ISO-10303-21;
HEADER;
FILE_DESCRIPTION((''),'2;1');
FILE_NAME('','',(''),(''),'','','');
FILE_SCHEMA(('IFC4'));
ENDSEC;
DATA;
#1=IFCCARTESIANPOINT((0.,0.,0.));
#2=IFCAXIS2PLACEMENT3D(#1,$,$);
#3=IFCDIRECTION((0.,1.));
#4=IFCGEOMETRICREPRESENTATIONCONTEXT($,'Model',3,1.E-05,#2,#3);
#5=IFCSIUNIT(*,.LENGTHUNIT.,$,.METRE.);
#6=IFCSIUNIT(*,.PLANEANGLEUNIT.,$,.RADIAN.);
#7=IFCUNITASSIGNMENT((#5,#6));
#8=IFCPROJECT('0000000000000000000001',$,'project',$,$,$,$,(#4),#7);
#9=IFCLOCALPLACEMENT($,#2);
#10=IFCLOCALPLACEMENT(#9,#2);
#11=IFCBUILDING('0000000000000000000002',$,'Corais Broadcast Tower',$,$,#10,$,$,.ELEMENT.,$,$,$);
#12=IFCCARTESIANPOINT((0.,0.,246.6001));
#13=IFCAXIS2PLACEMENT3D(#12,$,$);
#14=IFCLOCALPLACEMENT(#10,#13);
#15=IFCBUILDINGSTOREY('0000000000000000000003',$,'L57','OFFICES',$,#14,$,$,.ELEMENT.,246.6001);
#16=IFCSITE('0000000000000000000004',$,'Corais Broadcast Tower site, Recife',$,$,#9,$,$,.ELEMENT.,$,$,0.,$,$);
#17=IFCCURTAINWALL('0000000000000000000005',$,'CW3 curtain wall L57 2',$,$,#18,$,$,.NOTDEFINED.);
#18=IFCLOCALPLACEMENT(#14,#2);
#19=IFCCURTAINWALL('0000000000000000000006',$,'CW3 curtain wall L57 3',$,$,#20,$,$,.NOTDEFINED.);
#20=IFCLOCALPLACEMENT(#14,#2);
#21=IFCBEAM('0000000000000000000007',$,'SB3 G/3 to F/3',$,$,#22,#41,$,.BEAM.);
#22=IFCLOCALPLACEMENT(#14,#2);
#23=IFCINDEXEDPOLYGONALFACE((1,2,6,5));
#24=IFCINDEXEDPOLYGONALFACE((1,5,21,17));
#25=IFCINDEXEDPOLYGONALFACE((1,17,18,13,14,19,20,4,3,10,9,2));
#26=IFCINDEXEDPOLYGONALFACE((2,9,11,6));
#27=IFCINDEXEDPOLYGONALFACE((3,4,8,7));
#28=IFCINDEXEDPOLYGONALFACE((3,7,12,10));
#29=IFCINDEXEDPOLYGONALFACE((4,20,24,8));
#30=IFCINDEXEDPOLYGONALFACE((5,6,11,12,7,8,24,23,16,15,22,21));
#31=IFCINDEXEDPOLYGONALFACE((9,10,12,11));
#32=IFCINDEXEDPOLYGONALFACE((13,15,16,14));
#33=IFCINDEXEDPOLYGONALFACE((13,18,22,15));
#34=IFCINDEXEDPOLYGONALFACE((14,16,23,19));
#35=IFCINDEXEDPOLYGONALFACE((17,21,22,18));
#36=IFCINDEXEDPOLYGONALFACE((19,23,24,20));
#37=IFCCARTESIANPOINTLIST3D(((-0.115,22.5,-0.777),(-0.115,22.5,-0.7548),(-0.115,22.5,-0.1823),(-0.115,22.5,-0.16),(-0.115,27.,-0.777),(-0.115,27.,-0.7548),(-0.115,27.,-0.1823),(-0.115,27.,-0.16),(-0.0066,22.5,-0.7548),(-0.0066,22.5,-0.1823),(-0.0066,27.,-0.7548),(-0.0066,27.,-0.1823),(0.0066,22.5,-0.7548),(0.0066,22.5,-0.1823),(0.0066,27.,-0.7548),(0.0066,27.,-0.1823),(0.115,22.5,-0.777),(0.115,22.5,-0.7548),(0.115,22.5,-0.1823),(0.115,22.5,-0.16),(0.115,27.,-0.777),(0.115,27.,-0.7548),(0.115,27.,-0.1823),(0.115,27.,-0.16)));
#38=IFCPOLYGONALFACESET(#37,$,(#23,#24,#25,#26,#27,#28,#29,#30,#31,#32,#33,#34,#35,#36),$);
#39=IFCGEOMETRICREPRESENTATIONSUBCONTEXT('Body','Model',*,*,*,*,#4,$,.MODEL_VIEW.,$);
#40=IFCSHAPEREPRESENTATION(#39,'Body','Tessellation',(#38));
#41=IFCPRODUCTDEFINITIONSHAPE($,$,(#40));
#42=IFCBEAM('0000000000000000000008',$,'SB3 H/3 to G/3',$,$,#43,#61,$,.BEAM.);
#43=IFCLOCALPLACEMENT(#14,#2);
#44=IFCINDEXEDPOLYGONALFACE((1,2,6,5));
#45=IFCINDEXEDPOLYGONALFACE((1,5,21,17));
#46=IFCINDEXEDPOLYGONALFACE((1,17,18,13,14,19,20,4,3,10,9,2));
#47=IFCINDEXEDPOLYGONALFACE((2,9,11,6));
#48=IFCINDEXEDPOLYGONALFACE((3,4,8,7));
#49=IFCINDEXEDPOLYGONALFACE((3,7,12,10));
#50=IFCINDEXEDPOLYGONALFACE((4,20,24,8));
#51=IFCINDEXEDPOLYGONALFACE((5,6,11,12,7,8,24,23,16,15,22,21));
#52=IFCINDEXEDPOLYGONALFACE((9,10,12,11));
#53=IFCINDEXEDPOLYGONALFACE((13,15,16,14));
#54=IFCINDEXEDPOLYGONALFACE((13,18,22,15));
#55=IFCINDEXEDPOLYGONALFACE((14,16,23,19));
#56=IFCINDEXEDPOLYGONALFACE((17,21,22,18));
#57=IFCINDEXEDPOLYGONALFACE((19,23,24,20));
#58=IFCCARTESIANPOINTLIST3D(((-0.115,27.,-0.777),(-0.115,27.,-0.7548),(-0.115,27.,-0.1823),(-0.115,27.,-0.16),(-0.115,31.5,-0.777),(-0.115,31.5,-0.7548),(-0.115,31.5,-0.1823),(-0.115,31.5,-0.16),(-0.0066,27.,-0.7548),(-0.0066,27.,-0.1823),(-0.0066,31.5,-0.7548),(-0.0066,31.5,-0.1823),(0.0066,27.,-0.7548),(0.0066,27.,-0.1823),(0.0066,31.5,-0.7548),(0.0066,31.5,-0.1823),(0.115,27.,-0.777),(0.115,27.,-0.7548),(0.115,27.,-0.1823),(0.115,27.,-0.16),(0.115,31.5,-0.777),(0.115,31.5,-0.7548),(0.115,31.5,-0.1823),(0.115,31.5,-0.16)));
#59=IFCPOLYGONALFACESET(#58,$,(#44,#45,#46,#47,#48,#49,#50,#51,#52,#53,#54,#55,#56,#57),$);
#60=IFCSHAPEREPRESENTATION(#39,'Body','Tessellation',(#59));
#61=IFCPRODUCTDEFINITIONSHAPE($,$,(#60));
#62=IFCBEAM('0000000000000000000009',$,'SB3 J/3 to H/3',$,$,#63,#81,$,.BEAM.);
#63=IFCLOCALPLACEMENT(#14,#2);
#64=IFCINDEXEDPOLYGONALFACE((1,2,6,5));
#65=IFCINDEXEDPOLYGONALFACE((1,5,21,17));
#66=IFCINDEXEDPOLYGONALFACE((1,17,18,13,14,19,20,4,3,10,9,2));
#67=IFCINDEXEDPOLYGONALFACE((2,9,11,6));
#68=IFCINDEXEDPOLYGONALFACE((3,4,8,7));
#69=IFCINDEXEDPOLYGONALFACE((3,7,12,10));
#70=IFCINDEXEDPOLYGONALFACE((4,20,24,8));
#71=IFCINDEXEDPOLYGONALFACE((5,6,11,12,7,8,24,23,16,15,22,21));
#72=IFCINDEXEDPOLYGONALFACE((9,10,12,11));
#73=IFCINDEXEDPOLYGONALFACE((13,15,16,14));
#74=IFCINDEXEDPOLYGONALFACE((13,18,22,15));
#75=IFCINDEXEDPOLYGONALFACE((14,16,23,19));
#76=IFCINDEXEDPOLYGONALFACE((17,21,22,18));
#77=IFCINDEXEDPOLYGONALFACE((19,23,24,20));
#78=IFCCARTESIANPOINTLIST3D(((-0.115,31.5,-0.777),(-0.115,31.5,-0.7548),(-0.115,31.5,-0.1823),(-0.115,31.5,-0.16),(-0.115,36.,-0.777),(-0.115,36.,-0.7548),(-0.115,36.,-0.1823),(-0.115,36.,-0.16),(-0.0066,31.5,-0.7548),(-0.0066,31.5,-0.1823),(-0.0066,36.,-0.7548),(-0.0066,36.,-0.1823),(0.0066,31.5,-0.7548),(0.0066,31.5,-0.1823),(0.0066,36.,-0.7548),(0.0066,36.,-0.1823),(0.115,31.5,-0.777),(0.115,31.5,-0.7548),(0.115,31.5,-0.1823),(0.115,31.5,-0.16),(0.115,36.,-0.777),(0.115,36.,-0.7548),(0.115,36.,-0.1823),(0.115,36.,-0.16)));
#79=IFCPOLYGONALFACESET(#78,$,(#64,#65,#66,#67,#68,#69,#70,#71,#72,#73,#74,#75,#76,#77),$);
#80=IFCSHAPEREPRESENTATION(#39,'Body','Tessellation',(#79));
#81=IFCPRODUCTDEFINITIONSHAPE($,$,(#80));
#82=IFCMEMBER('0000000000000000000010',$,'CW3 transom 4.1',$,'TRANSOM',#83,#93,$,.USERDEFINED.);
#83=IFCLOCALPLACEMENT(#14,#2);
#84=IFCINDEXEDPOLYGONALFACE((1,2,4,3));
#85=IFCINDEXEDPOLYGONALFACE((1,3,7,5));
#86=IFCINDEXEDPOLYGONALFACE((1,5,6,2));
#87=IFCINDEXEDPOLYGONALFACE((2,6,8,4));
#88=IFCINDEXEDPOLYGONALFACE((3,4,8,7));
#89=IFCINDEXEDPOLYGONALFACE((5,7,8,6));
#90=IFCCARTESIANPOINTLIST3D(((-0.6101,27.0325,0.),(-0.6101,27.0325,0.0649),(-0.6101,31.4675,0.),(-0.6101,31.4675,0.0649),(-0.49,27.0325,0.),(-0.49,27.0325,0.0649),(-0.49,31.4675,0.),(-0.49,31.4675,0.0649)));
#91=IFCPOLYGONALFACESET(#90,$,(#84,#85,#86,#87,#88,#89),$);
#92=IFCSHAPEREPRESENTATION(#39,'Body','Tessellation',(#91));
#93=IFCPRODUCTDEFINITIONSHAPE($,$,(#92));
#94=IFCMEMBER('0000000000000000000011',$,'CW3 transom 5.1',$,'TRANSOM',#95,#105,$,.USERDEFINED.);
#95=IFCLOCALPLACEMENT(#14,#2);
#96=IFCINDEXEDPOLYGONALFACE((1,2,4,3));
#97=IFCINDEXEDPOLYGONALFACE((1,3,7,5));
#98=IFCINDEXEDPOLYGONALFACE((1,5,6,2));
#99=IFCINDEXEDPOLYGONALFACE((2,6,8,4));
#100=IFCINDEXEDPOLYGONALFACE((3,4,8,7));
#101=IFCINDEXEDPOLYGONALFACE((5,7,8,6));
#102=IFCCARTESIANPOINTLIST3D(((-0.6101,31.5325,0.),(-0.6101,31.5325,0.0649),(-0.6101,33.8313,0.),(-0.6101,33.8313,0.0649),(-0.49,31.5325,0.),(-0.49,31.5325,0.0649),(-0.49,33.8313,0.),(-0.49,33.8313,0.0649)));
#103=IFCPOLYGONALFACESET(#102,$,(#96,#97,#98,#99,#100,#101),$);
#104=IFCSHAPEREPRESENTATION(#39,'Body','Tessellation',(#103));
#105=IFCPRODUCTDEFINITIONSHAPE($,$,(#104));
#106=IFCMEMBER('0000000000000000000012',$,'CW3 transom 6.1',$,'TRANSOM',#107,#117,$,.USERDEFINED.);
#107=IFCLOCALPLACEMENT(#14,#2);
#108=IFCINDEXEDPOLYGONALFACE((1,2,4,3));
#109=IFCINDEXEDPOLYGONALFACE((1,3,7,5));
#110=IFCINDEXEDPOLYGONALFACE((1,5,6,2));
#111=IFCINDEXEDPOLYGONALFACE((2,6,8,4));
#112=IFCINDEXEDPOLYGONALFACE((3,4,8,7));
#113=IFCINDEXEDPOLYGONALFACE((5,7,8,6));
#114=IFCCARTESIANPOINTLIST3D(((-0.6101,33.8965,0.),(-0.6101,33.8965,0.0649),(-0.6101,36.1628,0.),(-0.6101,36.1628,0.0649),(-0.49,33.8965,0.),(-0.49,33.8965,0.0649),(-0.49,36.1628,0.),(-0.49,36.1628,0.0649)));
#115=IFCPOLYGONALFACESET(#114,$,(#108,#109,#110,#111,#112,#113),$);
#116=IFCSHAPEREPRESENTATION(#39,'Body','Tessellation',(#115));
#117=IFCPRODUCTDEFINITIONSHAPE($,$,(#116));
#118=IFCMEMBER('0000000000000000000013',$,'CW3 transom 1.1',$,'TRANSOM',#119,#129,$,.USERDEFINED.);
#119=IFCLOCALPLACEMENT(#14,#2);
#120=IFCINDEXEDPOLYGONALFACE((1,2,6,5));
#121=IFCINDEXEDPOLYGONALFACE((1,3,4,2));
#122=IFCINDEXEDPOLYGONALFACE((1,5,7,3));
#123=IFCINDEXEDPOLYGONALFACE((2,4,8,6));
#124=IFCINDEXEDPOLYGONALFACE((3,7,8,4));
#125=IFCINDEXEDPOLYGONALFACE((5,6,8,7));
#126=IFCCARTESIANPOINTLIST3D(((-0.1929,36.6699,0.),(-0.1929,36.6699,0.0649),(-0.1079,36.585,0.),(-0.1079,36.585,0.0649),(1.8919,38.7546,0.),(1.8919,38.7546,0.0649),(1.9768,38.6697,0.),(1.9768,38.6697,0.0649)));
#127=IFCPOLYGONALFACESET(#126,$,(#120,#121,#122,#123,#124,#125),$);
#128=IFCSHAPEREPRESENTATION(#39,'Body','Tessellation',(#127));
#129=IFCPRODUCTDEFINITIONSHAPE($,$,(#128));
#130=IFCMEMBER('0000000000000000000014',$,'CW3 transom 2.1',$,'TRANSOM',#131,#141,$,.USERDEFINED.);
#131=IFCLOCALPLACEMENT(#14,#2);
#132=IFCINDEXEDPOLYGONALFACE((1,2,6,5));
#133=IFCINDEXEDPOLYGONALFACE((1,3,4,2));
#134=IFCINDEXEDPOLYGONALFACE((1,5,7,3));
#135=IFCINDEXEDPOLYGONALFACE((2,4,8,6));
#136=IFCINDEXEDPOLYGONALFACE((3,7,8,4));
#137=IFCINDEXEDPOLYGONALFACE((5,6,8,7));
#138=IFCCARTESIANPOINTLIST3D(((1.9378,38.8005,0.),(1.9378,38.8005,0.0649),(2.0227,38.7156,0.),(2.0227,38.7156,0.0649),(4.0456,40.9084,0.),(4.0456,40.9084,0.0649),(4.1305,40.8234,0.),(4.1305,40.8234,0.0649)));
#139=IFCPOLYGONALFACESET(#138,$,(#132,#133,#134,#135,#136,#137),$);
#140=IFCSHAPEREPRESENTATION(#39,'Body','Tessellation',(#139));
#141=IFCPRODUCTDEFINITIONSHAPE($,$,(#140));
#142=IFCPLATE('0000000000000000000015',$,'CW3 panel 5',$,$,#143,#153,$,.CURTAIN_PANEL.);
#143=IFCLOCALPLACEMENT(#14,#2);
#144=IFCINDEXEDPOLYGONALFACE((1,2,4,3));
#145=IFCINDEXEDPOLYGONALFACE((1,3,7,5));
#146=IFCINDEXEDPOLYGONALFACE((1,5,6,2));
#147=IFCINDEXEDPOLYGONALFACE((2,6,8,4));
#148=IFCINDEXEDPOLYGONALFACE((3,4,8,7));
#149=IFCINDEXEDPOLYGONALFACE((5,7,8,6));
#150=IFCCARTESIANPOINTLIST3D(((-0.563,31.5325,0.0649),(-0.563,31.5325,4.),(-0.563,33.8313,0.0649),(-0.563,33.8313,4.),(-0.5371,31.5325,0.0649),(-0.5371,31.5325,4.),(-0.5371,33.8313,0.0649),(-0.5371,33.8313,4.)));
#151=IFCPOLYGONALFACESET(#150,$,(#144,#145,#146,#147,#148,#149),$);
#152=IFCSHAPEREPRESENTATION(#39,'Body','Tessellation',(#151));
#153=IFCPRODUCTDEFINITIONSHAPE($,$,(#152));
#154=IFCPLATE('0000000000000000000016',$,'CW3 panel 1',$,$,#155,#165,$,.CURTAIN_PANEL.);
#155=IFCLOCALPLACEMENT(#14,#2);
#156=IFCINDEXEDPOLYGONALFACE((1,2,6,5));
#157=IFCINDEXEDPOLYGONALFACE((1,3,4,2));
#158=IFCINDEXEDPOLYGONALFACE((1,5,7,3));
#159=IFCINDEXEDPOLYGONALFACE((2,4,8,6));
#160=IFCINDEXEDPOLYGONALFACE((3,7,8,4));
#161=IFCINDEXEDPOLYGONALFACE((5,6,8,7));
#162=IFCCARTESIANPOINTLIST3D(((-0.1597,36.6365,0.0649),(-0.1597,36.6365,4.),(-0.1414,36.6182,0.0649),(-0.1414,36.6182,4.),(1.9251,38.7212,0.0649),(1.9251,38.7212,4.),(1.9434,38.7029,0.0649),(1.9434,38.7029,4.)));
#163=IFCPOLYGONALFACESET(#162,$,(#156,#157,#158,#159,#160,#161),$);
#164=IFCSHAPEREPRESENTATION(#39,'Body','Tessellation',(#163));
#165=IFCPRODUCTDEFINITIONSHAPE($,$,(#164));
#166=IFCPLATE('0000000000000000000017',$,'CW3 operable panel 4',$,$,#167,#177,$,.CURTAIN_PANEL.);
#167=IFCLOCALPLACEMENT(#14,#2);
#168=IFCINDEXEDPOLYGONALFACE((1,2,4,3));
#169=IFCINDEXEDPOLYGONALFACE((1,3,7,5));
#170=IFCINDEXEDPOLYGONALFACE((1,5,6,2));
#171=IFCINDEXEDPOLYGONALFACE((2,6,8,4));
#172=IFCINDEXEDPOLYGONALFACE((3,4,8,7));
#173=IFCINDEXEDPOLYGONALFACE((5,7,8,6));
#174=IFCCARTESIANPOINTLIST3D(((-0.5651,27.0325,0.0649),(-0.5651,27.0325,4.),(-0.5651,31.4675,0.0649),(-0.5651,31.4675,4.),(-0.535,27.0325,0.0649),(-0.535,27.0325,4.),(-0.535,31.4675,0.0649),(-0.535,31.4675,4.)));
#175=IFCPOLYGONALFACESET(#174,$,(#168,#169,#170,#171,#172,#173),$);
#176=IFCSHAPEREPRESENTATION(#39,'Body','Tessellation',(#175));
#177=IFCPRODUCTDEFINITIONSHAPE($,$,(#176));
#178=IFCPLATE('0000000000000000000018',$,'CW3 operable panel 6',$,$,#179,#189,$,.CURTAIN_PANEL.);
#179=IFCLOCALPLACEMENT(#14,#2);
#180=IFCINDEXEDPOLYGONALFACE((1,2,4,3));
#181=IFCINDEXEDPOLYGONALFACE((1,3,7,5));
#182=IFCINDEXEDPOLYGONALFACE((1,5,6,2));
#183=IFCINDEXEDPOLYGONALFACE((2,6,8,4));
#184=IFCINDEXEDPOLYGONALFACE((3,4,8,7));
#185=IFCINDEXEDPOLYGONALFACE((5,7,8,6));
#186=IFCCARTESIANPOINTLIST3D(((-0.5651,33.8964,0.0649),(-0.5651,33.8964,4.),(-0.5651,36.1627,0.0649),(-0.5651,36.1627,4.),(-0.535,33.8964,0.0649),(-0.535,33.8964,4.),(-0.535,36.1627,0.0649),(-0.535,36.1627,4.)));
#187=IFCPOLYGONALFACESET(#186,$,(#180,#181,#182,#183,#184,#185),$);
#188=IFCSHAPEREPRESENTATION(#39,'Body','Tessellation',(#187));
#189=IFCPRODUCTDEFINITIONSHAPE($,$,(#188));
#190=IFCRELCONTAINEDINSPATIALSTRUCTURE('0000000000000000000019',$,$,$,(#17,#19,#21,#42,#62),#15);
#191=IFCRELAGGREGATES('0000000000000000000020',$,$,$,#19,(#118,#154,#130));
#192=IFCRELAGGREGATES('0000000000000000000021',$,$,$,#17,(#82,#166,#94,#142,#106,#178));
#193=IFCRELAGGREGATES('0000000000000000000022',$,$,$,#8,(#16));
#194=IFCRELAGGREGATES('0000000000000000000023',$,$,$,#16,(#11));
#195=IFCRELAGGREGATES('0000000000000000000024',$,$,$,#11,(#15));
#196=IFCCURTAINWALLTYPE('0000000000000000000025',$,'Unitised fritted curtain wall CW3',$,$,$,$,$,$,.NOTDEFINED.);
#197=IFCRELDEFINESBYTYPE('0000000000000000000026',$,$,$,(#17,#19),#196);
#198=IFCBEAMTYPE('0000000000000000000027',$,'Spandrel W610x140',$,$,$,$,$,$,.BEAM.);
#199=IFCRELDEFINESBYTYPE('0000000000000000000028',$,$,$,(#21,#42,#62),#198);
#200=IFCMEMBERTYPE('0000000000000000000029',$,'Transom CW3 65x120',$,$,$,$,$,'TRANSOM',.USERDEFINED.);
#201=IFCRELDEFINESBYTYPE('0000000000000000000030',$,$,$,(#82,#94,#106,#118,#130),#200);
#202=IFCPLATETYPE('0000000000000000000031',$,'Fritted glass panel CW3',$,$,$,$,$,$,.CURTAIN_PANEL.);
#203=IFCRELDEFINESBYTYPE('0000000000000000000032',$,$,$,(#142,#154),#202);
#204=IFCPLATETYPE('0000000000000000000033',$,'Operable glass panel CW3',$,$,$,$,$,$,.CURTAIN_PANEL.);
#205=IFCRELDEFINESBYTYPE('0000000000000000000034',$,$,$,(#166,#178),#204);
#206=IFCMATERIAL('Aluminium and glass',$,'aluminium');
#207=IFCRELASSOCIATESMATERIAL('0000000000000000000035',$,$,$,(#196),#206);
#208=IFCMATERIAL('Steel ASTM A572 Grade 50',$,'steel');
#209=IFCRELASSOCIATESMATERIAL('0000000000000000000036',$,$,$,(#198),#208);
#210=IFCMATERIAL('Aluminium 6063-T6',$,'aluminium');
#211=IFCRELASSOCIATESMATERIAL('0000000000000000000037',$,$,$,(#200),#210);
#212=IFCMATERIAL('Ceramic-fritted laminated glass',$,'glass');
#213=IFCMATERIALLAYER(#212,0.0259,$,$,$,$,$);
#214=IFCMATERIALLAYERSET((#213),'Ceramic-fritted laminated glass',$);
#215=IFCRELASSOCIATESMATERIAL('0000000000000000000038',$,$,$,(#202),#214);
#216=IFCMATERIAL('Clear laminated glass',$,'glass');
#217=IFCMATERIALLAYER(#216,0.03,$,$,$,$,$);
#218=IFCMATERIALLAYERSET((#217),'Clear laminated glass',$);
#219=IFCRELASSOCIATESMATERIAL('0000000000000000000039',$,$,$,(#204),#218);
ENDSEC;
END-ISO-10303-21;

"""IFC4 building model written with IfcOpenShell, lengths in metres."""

from ifc_helpers import new_model, si_unit, direction, frame, origin, origin_2d, place, context, subcontext, project, spatial, rectangle, i_section, extrude, material, layer, layer_set, material_profile, profile_set, type_object, element, aggregate, save


model = new_model("IFC4")

# Units and contexts
model_context = context("Model", 3, precision=1e-05, world=origin(), true_north=direction((0.0, 1.0)))
body_context = subcontext(model_context, "Body", "Model", "MODEL_VIEW")
ifc_project = project(units=[si_unit("LENGTHUNIT", "METRE"), si_unit("PLANEANGLEUNIT", "RADIAN")], contexts=[model_context])

# Site, building, storey
site_placement = place(None, origin())
site = spatial("IfcSite", under=ifc_project, at=site_placement, Name="Corais Broadcast Tower site, Recife", CompositionType="ELEMENT", RefElevation=0.0)
building_placement = place(site_placement, origin())
building = spatial("IfcBuilding", under=site, at=building_placement, Name="Corais Broadcast Tower", CompositionType="ELEMENT")
storey_placement = place(building_placement, frame((0.0, 0.0, 246.6001)))
storey = spatial("IfcBuildingStorey", under=building, at=storey_placement, Name="L57", Description="OFFICES", CompositionType="ELEMENT", Elevation=246.6001)

# Curtain walls
ifc_material_1 = material(Name="Aluminium and glass", Category="aluminium")
curtain_wall_type = type_object("IfcCurtainWallType", Name="Unitised fritted curtain wall CW3", PredefinedType="NOTDEFINED", material=ifc_material_1)
curtain_wall_1_placement = place(storey_placement, origin())
curtain_wall_1 = element("IfcCurtainWall", 1, at=curtain_wall_1_placement, inside=storey, type_object=curtain_wall_type, Name="CW3 curtain wall L57 2", PredefinedType="NOTDEFINED")
curtain_wall_2_placement = place(storey_placement, origin())
curtain_wall_2 = element("IfcCurtainWall", 2, at=curtain_wall_2_placement, inside=storey, type_object=curtain_wall_type, Name="CW3 curtain wall L57 3", PredefinedType="NOTDEFINED")

# Beams
ifc_material_2 = material(Name="Steel ASTM A572 Grade 50", Category="steel")
ifc_material_profile_1 = material_profile(ifc_material_2, i_section(OverallWidth=0.23, OverallDepth=0.6169, WebThickness=0.0132, FlangeThickness=0.0222, at=origin_2d()), Name="W610x140")
ifc_profile_set_1 = profile_set([ifc_material_profile_1], Name="Steel ASTM A572 Grade 50")
beam_type_1 = type_object("IfcBeamType", Name="Spandrel W610x140", PredefinedType="BEAM", material=ifc_profile_set_1)
for number, where, z_axis, x_axis, name in (
    (3, (0.0, 27.0, -0.4685), (0.0, -1.0, 0.0), (1.0, 0.0, 0.0), "SB3 G/3 to F/3"),
    (4, (0.0, 31.5, -0.4685), (0.0, -1.0, 0.0), (1.0, 0.0, 0.0), "SB3 H/3 to G/3"),
    (5, (0.0, 36.0, -0.4685), (0.0, -1.0, 0.0), (1.0, 0.0, 0.0), "SB3 J/3 to H/3"),
):
    element("IfcBeam", number, at=place(storey_placement, frame(where, z_axis=z_axis, x_axis=x_axis)), inside=storey, type_object=beam_type_1, Name=name, PredefinedType="BEAM", context=body_context, shape_type="SweptSolid", body=[
        extrude(i_section(OverallWidth=0.23, OverallDepth=0.6169, WebThickness=0.0132, FlangeThickness=0.0222, at=origin_2d()), origin(), (0.0, 0.0, 1.0), 4.5),
    ])

# Members
ifc_material_3 = material(Name="Aluminium 6063-T6", Category="aluminium")
ifc_material_profile_2 = material_profile(ifc_material_3, rectangle(XDim=0.1201, YDim=0.0649, at=origin_2d()), Name="Transom CW3 65x120")
ifc_profile_set_2 = profile_set([ifc_material_profile_2], Name="Aluminium 6063-T6")
member_type_1 = type_object("IfcMemberType", Name="Transom CW3 65x120", ElementType="TRANSOM", PredefinedType="USERDEFINED", material=ifc_profile_set_2)
member_1_placement = place(storey_placement, frame((-0.55, 27.0325, 0.0325), z_axis=(0.0, 1.0, 0.0), x_axis=(-1.0, 0.0, 0.0)))
member_1 = element("IfcMember", 6, at=member_1_placement, type_object=member_type_1, Name="CW3 transom 4.1", ObjectType="TRANSOM", PredefinedType="USERDEFINED", context=body_context, shape_type="SweptSolid", body=[
    extrude(rectangle(XDim=0.1201, YDim=0.0649, at=origin_2d()), origin(), (0.0, 0.0, 1.0), 4.4351),
])
member_2_placement = place(storey_placement, frame((-0.55, 31.5325, 0.0325), z_axis=(0.0, 1.0, 0.0), x_axis=(-1.0, 0.0, 0.0)))
member_2 = element("IfcMember", 7, at=member_2_placement, type_object=member_type_1, Name="CW3 transom 5.1", ObjectType="TRANSOM", PredefinedType="USERDEFINED", context=body_context, shape_type="SweptSolid", body=[
    extrude(rectangle(XDim=0.1201, YDim=0.0649, at=origin_2d()), origin(), (0.0, 0.0, 1.0), 2.2988),
])
member_3_placement = place(storey_placement, frame((-0.55, 33.8965, 0.0325), z_axis=(0.0, 1.0, 0.0), x_axis=(-1.0, 0.0, 0.0)))
member_3 = element("IfcMember", 8, at=member_3_placement, type_object=member_type_1, Name="CW3 transom 6.1", ObjectType="TRANSOM", PredefinedType="USERDEFINED", context=body_context, shape_type="SweptSolid", body=[
    extrude(rectangle(XDim=0.1201, YDim=0.0649, at=origin_2d()), origin(), (0.0, 0.0, 1.0), 2.2664),
])
member_4_placement = place(storey_placement, frame((-0.1504, 36.6274, 0.0325), z_axis=(0.707107, 0.707107, 0.0), x_axis=(-0.707107, 0.707107, 0.0)))
member_4 = element("IfcMember", 9, at=member_4_placement, type_object=member_type_1, Name="CW3 transom 1.1", ObjectType="TRANSOM", PredefinedType="USERDEFINED", context=body_context, shape_type="SweptSolid", body=[
    extrude(rectangle(XDim=0.1201, YDim=0.0649, at=origin_2d()), origin(), (0.0, 0.0, 1.0), 2.9482),
])
member_5_placement = place(storey_placement, frame((1.9802, 38.7581, 0.0325), z_axis=(0.707107, 0.707107, 0.0), x_axis=(-0.707107, 0.707107, 0.0)))
member_5 = element("IfcMember", 10, at=member_5_placement, type_object=member_type_1, Name="CW3 transom 2.1", ObjectType="TRANSOM", PredefinedType="USERDEFINED", context=body_context, shape_type="SweptSolid", body=[
    extrude(rectangle(XDim=0.1201, YDim=0.0649, at=origin_2d()), origin(), (0.0, 0.0, 1.0), 2.981),
])

# Plates
ifc_material_4 = material(Name="Ceramic-fritted laminated glass", Category="glass")
ifc_layer_1 = layer(ifc_material_4, 0.0259)
ifc_layer_set_1 = layer_set([ifc_layer_1], Name="Ceramic-fritted laminated glass")
plate_type_1 = type_object("IfcPlateType", Name="Fritted glass panel CW3", PredefinedType="CURTAIN_PANEL", material=ifc_layer_set_1)
plate_1_placement = place(storey_placement, frame((-0.55, 32.6819, 0.0649), z_axis=(0.0, 0.0, 1.0), x_axis=(0.0, 1.0, 0.0)))
plate_1 = element("IfcPlate", 11, at=plate_1_placement, type_object=plate_type_1, Name="CW3 panel 5", PredefinedType="CURTAIN_PANEL", context=body_context, shape_type="SweptSolid", body=[
    extrude(rectangle(XDim=2.2988, YDim=0.0259, at=origin_2d()), origin(), (0.0, 0.0, 1.0), 3.9351),
])
plate_2_placement = place(storey_placement, frame((0.8918, 37.6697, 0.0649), z_axis=(0.0, 0.0, 1.0), x_axis=(0.707107, 0.707107, 0.0)))
plate_2 = element("IfcPlate", 12, at=plate_2_placement, type_object=plate_type_1, Name="CW3 panel 1", PredefinedType="CURTAIN_PANEL", context=body_context, shape_type="SweptSolid", body=[
    extrude(rectangle(XDim=2.9482, YDim=0.0259, at=origin_2d()), origin(), (0.0, 0.0, 1.0), 3.9351),
])
aggregate(curtain_wall_2, [member_4, plate_2, member_5])
ifc_material_5 = material(Name="Clear laminated glass", Category="glass")
ifc_layer_2 = layer(ifc_material_5, 0.03)
ifc_layer_set_2 = layer_set([ifc_layer_2], Name="Clear laminated glass")
plate_type_2 = type_object("IfcPlateType", Name="Operable glass panel CW3", PredefinedType="CURTAIN_PANEL", material=ifc_layer_set_2)
plate_3_placement = place(storey_placement, frame((-0.55, 29.25, 0.0649), z_axis=(0.0, 0.0, 1.0), x_axis=(0.0, 1.0, 0.0)))
plate_3 = element("IfcPlate", 13, at=plate_3_placement, type_object=plate_type_2, Name="CW3 operable panel 4", PredefinedType="CURTAIN_PANEL", context=body_context, shape_type="SweptSolid", body=[
    extrude(rectangle(XDim=4.4351, YDim=0.03, at=origin_2d()), origin(), (0.0, 0.0, 1.0), 3.9351),
])
plate_4_placement = place(storey_placement, frame((-0.55, 35.0295, 0.0649), z_axis=(0.0, 0.0, 1.0), x_axis=(0.0, 1.0, 0.0)))
plate_4 = element("IfcPlate", 14, at=plate_4_placement, type_object=plate_type_2, Name="CW3 operable panel 6", PredefinedType="CURTAIN_PANEL", context=body_context, shape_type="SweptSolid", body=[
    extrude(rectangle(XDim=2.2664, YDim=0.03, at=origin_2d()), origin(), (0.0, 0.0, 1.0), 3.9351),
])
aggregate(curtain_wall_1, [member_1, plate_3, member_2, plate_1, member_3, plate_4])

save(model, "model.ifc")
